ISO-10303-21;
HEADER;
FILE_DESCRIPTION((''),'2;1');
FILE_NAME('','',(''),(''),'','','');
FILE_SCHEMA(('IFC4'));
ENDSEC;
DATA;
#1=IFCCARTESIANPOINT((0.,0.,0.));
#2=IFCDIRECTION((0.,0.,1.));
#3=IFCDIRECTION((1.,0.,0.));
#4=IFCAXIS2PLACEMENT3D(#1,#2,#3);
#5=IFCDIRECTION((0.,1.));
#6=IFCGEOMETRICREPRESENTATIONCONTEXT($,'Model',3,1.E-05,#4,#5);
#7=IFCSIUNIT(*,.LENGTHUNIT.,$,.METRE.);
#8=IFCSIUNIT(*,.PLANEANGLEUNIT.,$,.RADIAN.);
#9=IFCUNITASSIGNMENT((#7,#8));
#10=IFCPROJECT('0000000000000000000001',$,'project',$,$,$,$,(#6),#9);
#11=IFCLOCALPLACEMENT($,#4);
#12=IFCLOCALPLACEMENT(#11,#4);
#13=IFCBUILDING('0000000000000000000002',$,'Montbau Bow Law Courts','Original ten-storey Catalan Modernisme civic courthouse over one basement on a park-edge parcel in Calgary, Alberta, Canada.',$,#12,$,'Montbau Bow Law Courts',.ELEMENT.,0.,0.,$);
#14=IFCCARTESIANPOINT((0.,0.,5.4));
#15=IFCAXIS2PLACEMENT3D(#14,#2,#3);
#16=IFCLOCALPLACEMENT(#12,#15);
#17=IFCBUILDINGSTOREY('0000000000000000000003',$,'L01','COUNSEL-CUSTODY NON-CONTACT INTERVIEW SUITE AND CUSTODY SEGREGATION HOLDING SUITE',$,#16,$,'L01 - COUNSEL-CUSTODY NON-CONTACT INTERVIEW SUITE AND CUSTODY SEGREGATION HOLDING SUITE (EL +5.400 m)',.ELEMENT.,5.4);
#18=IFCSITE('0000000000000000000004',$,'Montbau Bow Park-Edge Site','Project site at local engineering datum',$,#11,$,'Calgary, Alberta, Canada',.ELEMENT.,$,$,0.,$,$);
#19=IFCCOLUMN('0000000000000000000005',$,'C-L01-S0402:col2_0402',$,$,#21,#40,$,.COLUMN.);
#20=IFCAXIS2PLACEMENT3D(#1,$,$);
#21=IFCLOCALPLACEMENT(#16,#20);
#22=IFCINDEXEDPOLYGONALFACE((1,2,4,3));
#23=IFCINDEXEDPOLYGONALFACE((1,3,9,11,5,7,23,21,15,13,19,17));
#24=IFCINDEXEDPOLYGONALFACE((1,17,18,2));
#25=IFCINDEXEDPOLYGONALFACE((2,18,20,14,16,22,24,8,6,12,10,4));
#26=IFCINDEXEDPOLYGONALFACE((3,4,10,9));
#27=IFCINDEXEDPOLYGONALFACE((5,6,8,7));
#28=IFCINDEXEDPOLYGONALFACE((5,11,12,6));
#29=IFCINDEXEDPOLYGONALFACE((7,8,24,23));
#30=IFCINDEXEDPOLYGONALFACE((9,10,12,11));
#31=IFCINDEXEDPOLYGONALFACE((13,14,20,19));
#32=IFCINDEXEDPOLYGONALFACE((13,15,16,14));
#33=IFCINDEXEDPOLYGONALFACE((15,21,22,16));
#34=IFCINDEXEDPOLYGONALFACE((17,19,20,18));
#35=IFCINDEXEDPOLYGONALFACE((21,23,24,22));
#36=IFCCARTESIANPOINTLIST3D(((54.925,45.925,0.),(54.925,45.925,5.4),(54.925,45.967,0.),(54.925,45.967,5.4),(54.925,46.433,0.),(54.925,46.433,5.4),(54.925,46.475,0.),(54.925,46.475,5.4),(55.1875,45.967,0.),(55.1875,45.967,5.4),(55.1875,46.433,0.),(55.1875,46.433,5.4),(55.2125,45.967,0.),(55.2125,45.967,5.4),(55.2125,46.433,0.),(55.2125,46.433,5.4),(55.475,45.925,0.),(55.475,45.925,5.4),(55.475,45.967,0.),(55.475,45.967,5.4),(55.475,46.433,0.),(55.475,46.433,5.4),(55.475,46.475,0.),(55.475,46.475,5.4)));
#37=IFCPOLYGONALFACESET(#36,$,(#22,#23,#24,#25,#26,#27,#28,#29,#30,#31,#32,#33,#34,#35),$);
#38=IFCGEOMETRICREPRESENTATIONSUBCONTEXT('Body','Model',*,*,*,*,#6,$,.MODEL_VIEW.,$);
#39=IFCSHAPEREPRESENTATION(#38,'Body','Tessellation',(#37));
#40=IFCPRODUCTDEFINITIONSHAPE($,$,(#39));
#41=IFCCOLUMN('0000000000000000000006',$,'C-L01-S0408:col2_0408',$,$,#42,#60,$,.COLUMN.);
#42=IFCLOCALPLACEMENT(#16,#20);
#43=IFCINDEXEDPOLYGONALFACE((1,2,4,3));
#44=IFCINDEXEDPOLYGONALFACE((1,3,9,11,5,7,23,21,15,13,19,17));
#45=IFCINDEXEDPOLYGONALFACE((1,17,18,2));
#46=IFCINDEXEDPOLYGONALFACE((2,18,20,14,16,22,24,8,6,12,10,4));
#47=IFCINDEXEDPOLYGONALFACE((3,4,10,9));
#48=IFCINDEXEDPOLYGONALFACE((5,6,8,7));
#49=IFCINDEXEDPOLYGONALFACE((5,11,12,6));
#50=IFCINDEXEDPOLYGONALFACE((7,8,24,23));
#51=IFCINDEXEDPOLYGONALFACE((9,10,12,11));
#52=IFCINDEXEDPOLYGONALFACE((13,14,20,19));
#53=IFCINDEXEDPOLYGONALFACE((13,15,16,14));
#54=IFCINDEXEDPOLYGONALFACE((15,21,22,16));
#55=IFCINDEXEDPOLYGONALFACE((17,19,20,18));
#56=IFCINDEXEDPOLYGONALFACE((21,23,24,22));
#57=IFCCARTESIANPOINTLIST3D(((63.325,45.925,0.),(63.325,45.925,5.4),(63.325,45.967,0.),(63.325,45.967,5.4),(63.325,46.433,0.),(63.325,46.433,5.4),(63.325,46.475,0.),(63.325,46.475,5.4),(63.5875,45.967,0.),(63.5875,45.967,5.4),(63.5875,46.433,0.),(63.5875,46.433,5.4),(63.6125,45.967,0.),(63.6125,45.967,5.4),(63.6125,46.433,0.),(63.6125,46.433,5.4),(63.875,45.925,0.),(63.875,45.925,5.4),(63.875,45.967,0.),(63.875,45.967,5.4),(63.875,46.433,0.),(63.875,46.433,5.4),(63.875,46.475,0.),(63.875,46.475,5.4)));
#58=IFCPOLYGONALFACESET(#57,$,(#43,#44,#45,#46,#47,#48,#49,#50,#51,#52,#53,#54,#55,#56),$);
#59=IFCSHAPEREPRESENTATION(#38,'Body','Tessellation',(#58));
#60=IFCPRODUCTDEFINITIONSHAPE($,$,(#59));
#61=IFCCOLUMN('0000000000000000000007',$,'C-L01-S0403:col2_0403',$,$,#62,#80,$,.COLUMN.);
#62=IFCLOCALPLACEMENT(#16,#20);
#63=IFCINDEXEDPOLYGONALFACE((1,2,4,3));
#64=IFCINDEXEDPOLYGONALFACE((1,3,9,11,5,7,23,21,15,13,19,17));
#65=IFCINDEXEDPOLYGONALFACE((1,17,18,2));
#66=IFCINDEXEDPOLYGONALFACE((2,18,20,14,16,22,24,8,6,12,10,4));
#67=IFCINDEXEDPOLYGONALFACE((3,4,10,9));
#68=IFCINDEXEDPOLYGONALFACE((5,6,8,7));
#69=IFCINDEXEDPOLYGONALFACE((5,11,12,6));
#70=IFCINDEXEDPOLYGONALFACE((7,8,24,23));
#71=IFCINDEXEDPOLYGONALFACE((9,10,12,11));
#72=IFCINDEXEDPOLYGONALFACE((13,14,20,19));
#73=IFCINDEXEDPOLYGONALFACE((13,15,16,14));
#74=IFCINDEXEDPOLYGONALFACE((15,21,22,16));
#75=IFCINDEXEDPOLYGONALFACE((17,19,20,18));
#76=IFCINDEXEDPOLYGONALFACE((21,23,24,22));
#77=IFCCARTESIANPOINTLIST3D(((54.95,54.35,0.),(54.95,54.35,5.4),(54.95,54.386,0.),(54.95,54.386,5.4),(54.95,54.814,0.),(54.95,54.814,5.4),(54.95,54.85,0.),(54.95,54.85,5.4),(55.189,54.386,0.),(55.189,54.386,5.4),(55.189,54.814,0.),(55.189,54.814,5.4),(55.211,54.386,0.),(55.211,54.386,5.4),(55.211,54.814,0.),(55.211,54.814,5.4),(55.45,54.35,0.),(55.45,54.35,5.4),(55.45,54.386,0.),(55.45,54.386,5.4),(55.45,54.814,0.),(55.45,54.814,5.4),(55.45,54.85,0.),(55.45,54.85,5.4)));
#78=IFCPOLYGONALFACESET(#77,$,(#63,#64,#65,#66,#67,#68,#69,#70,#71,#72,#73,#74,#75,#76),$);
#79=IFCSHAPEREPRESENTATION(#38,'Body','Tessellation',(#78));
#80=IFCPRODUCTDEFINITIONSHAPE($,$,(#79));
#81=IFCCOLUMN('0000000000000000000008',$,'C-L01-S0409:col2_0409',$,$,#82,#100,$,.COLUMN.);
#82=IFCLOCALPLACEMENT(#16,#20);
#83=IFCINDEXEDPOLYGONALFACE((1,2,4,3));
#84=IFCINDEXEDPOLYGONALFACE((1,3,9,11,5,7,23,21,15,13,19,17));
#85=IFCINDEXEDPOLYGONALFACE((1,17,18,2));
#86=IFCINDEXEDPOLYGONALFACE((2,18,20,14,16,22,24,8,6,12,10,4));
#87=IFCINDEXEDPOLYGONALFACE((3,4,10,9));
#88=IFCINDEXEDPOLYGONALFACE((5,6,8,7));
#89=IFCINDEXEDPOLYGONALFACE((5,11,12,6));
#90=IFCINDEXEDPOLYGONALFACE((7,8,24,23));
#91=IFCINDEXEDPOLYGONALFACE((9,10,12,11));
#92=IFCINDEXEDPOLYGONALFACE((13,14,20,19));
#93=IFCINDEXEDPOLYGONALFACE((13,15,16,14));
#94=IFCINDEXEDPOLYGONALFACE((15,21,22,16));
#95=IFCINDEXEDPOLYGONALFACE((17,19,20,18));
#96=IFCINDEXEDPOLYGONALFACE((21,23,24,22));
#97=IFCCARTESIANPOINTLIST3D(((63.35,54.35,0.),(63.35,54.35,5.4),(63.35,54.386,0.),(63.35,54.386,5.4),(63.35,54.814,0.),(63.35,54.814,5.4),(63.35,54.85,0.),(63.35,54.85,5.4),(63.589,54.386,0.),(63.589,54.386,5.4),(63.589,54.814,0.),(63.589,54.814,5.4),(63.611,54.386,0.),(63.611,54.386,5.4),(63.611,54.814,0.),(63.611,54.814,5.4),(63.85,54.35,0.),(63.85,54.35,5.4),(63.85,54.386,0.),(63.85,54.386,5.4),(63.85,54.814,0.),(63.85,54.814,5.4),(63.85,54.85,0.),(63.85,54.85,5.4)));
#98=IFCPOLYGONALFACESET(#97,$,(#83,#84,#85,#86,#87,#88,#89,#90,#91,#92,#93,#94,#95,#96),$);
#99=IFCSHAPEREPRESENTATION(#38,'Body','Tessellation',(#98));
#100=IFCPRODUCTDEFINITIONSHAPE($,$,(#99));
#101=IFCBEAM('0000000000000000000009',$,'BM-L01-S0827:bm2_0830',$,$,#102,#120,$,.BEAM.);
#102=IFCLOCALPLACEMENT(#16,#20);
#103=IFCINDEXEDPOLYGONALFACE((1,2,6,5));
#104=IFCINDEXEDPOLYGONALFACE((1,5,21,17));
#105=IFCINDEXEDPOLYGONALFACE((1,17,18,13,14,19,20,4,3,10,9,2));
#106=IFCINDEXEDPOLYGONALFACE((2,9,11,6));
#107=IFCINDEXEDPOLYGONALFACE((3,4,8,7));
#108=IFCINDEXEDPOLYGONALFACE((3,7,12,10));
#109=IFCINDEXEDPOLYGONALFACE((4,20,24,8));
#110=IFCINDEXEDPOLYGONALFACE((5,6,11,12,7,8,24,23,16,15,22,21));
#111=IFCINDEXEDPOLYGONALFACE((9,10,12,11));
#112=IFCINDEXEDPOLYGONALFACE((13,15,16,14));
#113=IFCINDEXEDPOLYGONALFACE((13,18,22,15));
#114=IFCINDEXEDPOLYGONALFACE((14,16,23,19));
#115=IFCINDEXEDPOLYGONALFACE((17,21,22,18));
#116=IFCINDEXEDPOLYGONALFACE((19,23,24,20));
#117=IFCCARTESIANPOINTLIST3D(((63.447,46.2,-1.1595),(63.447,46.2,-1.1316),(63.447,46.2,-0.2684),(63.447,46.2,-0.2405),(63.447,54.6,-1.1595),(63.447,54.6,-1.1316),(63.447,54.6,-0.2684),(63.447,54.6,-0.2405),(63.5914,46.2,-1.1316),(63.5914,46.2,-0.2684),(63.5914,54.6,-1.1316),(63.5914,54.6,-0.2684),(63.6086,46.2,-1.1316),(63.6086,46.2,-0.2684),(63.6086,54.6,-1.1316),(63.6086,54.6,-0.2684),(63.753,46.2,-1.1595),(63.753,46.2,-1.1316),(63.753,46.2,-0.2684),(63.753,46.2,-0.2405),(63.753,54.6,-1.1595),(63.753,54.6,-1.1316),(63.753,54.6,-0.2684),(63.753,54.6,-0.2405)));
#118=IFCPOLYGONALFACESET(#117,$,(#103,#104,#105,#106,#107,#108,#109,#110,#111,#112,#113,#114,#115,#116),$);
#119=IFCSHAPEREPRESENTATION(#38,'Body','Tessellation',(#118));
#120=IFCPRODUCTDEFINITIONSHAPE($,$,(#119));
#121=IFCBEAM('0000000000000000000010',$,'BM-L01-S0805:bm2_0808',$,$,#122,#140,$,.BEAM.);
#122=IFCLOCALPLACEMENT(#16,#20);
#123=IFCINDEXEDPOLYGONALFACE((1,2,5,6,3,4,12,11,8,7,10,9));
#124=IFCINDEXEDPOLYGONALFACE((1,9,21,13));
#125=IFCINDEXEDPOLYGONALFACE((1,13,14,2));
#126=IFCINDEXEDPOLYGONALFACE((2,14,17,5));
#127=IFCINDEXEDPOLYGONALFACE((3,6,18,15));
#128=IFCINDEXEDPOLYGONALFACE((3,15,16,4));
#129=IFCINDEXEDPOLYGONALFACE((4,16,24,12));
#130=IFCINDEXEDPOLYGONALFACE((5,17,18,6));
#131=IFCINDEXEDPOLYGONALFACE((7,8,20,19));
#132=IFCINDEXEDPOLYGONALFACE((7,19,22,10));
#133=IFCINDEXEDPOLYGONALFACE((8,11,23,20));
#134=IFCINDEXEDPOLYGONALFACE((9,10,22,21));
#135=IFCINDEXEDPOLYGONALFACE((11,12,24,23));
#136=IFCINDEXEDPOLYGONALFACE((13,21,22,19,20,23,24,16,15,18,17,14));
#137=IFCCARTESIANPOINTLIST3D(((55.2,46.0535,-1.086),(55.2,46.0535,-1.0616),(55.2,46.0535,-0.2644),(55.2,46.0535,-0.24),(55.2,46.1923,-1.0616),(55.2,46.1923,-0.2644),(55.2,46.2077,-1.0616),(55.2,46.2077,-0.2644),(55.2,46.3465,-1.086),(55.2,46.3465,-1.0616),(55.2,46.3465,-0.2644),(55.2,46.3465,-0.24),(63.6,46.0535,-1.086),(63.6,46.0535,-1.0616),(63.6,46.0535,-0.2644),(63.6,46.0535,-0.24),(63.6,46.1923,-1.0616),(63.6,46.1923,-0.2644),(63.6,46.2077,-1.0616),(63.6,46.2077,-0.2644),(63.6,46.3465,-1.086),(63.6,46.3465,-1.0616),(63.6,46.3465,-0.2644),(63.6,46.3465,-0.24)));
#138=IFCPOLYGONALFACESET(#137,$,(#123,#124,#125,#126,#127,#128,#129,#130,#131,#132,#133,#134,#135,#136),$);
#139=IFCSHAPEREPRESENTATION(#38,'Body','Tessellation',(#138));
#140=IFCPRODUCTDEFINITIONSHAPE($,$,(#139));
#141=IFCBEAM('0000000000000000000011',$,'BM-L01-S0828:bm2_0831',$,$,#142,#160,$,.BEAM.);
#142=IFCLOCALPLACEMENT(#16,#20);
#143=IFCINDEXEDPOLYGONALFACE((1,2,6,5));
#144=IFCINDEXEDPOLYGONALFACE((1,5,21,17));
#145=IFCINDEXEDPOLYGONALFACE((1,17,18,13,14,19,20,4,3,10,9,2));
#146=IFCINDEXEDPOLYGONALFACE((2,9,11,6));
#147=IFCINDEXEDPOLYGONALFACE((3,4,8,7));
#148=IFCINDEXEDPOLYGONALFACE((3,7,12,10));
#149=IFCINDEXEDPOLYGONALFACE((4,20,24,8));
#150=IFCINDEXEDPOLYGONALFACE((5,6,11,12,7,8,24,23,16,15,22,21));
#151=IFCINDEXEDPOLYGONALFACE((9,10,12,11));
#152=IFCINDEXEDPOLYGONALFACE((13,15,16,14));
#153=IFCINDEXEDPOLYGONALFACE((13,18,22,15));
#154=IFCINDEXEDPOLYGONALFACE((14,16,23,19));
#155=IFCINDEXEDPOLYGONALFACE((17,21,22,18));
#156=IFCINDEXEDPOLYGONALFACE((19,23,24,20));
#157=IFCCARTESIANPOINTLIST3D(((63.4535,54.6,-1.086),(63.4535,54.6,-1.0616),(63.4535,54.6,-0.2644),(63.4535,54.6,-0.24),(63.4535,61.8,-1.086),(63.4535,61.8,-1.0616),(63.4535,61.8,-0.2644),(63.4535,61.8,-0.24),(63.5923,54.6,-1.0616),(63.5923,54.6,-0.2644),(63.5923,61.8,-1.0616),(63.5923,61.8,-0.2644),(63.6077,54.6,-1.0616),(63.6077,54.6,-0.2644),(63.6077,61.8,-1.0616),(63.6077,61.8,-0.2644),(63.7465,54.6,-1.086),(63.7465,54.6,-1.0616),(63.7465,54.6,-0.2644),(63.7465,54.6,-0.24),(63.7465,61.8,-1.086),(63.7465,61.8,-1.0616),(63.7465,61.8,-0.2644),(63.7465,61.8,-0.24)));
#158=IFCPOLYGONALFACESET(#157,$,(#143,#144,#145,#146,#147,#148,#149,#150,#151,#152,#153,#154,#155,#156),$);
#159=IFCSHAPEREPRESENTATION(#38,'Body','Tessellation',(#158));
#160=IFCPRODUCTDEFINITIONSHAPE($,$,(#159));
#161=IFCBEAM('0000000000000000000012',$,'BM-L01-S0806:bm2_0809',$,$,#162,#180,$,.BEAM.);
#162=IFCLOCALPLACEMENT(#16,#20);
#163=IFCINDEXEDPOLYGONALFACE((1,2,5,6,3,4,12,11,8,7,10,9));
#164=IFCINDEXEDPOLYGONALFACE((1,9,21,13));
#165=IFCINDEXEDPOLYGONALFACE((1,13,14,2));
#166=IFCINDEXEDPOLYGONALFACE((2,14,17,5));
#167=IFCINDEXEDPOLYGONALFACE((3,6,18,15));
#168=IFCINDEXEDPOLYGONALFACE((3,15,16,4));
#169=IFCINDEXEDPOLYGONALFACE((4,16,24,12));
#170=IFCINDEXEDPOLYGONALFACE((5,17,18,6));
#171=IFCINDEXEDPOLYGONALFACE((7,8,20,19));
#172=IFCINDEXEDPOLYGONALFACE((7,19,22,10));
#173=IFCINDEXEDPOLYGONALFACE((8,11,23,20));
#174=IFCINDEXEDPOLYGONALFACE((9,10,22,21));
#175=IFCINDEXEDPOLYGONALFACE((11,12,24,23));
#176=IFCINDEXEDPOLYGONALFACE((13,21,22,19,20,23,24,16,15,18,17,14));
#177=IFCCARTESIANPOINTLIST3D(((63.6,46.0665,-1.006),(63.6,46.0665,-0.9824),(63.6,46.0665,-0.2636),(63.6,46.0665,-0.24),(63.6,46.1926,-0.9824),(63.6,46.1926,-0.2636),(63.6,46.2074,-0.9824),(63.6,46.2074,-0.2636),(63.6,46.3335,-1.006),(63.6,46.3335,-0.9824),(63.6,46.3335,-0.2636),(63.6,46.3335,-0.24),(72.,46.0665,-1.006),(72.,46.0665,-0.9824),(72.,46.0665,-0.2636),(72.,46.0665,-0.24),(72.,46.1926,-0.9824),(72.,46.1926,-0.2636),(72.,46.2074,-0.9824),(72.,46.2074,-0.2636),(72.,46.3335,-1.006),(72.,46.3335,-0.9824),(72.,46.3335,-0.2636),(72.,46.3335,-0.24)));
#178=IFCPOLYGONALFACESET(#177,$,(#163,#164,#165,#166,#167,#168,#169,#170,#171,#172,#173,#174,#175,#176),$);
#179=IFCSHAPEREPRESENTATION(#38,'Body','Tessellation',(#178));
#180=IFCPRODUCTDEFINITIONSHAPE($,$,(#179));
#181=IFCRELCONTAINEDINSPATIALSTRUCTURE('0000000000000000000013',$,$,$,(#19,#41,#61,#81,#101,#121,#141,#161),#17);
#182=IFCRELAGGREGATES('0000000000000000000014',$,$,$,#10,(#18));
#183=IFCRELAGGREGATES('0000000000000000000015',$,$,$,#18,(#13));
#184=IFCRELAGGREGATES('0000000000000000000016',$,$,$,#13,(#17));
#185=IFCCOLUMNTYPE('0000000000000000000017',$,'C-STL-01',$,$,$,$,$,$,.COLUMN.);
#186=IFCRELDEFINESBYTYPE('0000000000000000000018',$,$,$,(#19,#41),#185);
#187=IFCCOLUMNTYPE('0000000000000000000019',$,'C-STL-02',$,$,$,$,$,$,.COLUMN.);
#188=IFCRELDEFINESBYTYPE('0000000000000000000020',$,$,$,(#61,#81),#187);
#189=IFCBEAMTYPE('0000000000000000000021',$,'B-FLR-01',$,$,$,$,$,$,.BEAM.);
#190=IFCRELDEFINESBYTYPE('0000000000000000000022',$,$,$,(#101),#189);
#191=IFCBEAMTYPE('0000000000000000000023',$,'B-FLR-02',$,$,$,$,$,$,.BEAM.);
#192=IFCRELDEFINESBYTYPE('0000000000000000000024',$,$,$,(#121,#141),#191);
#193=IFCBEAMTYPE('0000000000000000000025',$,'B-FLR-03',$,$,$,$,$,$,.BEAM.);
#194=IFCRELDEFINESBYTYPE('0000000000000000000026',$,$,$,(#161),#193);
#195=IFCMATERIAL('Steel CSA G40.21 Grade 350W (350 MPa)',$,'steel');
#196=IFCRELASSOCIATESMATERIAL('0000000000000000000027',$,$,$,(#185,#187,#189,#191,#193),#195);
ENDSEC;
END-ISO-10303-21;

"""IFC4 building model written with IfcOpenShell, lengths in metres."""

from ifc_helpers import new_model, si_unit, direction, frame, origin_with_axes, origin_2d_with_axis, place, context, subcontext, project, spatial, i_section, extrude, material, material_profile, profile_set, type_object, element, save


model = new_model("IFC4")

# Units and contexts
model_context = context("Model", 3, precision=1e-05, world=origin_with_axes(), true_north=direction((0.0, 1.0)))
body_context = subcontext(model_context, "Body", "Model", "MODEL_VIEW")
ifc_project = project(units=[si_unit("LENGTHUNIT", "METRE"), si_unit("PLANEANGLEUNIT", "RADIAN")], contexts=[model_context])

# Site, building, storey
site_placement = place(None, origin_with_axes())
site = spatial("IfcSite", under=ifc_project, at=site_placement, Name="Montbau Bow Park-Edge Site", Description="Project site at local engineering datum", LongName="Calgary, Alberta, Canada", CompositionType="ELEMENT", RefElevation=0.0)
building_placement = place(site_placement, origin_with_axes())
building = spatial("IfcBuilding", under=site, at=building_placement, Name="Montbau Bow Law Courts", Description="Original ten-storey Catalan Modernisme civic courthouse over one basement on a park-edge parcel in Calgary, Alberta, Canada.", LongName="Montbau Bow Law Courts", CompositionType="ELEMENT", ElevationOfRefHeight=0.0, ElevationOfTerrain=0.0)
storey_placement = place(building_placement, frame((0.0, 0.0, 5.4), z_axis=(0.0, 0.0, 1.0), x_axis=(1.0, 0.0, 0.0)))
storey = spatial("IfcBuildingStorey", under=building, at=storey_placement, Name="L01", Description="COUNSEL-CUSTODY NON-CONTACT INTERVIEW SUITE AND CUSTODY SEGREGATION HOLDING SUITE", LongName="L01 - COUNSEL-CUSTODY NON-CONTACT INTERVIEW SUITE AND CUSTODY SEGREGATION HOLDING SUITE (EL +5.400 m)", CompositionType="ELEMENT", Elevation=5.4)

# Columns
ifc_material_1 = material(Name="Steel CSA G40.21 Grade 350W (350 MPa)", Category="steel")
ifc_material_profile_1 = material_profile(ifc_material_1, i_section(OverallWidth=0.55, OverallDepth=0.55, WebThickness=0.025, FlangeThickness=0.042, at=origin_2d_with_axis()), Name="WWF550X420", Category="Main", Priority=0)
ifc_profile_set_1 = profile_set([ifc_material_profile_1], Name="Steel CSA G40.21 Grade 350W (350 MPa)")
column_type_1 = type_object("IfcColumnType", Name="C-STL-01", PredefinedType="COLUMN", material=ifc_profile_set_1)
for number, where, z_axis, x_axis, name in (
    (1, (55.2, 46.2, 5.4), (0.0, 0.0, 1.0), (1.0, 0.0, 0.0), "C-L01-S0402:col2_0402"),
    (2, (63.6, 46.2, 5.4), (0.0, 0.0, 1.0), (1.0, 0.0, 0.0), "C-L01-S0408:col2_0408"),
):
    element("IfcColumn", number, at=place(None, frame(where, z_axis=z_axis, x_axis=x_axis)), inside=storey, type_object=column_type_1, Name=name, PredefinedType="COLUMN", context=body_context, shape_type="SweptSolid", body=[
        extrude(i_section(OverallWidth=0.55, OverallDepth=0.55, WebThickness=0.025, FlangeThickness=0.042, at=origin_2d_with_axis()), origin_with_axes(), (0.0, 0.0, 1.0), 5.4),
    ])
ifc_material_profile_2 = material_profile(ifc_material_1, i_section(OverallWidth=0.5, OverallDepth=0.5, WebThickness=0.022, FlangeThickness=0.036, at=origin_2d_with_axis()), Name="WWF500X343", Category="Main", Priority=0)
ifc_profile_set_2 = profile_set([ifc_material_profile_2], Name="Steel CSA G40.21 Grade 350W (350 MPa)")
column_type_2 = type_object("IfcColumnType", Name="C-STL-02", PredefinedType="COLUMN", material=ifc_profile_set_2)
for number, where, z_axis, x_axis, name in (
    (3, (55.2, 54.6, 5.4), (0.0, 0.0, 1.0), (1.0, 0.0, 0.0), "C-L01-S0403:col2_0403"),
    (4, (63.6, 54.6, 5.4), (0.0, 0.0, 1.0), (1.0, 0.0, 0.0), "C-L01-S0409:col2_0409"),
):
    element("IfcColumn", number, at=place(None, frame(where, z_axis=z_axis, x_axis=x_axis)), inside=storey, type_object=column_type_2, Name=name, PredefinedType="COLUMN", context=body_context, shape_type="SweptSolid", body=[
        extrude(i_section(OverallWidth=0.5, OverallDepth=0.5, WebThickness=0.022, FlangeThickness=0.036, at=origin_2d_with_axis()), origin_with_axes(), (0.0, 0.0, 1.0), 5.4),
    ])

# Beams
ifc_material_profile_3 = material_profile(ifc_material_1, i_section(OverallWidth=0.306, OverallDepth=0.919, WebThickness=0.0173, FlangeThickness=0.0279, at=origin_2d_with_axis()), Name="W920X253", Category="Main", Priority=0)
ifc_profile_set_3 = profile_set([ifc_material_profile_3], Name="Steel CSA G40.21 Grade 350W (350 MPa)")
beam_type_1 = type_object("IfcBeamType", Name="B-FLR-01", PredefinedType="BEAM", material=ifc_profile_set_3)
beam_1_placement = place(None, frame((63.6, 46.2, 4.7), z_axis=(0.0, 1.0, 0.0), x_axis=(-1.0, 0.0, 0.0)))
element("IfcBeam", 5, at=beam_1_placement, inside=storey, type_object=beam_type_1, Name="BM-L01-S0827:bm2_0830", PredefinedType="BEAM", context=body_context, shape_type="SweptSolid", body=[
    extrude(i_section(OverallWidth=0.306, OverallDepth=0.919, WebThickness=0.0173, FlangeThickness=0.0279, at=origin_2d_with_axis()), origin_with_axes(), (0.0, 0.0, 1.0), 8.4),
])
ifc_material_profile_4 = material_profile(ifc_material_1, i_section(OverallWidth=0.293, OverallDepth=0.846, WebThickness=0.0154, FlangeThickness=0.0244, at=origin_2d_with_axis()), Name="W840X210", Category="Main", Priority=0)
ifc_profile_set_4 = profile_set([ifc_material_profile_4], Name="Steel CSA G40.21 Grade 350W (350 MPa)")
beam_type_2 = type_object("IfcBeamType", Name="B-FLR-02", PredefinedType="BEAM", material=ifc_profile_set_4)
beam_2_placement = place(None, frame((55.2, 46.2, 4.737), z_axis=(1.0, 0.0, 0.0), x_axis=(0.0, 1.0, 0.0)))
element("IfcBeam", 6, at=beam_2_placement, inside=storey, type_object=beam_type_2, Name="BM-L01-S0805:bm2_0808", PredefinedType="BEAM", context=body_context, shape_type="SweptSolid", body=[
    extrude(i_section(OverallWidth=0.293, OverallDepth=0.846, WebThickness=0.0154, FlangeThickness=0.0244, at=origin_2d_with_axis()), origin_with_axes(), (0.0, 0.0, 1.0), 8.4),
])
beam_3_placement = place(None, frame((63.6, 54.6, 4.737), z_axis=(0.0, 1.0, 0.0), x_axis=(-1.0, 0.0, 0.0)))
element("IfcBeam", 7, at=beam_3_placement, inside=storey, type_object=beam_type_2, Name="BM-L01-S0828:bm2_0831", PredefinedType="BEAM", context=body_context, shape_type="SweptSolid", body=[
    extrude(i_section(OverallWidth=0.293, OverallDepth=0.846, WebThickness=0.0154, FlangeThickness=0.0244, at=origin_2d_with_axis()), origin_with_axes(), (0.0, 0.0, 1.0), 7.2),
])
ifc_material_profile_5 = material_profile(ifc_material_1, i_section(OverallWidth=0.267, OverallDepth=0.766, WebThickness=0.0149, FlangeThickness=0.0236, at=origin_2d_with_axis()), Name="W760X185", Category="Main", Priority=0)
ifc_profile_set_5 = profile_set([ifc_material_profile_5], Name="Steel CSA G40.21 Grade 350W (350 MPa)")
beam_type_3 = type_object("IfcBeamType", Name="B-FLR-03", PredefinedType="BEAM", material=ifc_profile_set_5)
for number, where, z_axis, x_axis, name in (
    (8, (63.6, 46.2, 4.777), (1.0, 0.0, 0.0), (0.0, 1.0, 0.0), "BM-L01-S0806:bm2_0809"),
):
    element("IfcBeam", number, at=place(None, frame(where, z_axis=z_axis, x_axis=x_axis)), inside=storey, type_object=beam_type_3, Name=name, PredefinedType="BEAM", context=body_context, shape_type="SweptSolid", body=[
        extrude(i_section(OverallWidth=0.267, OverallDepth=0.766, WebThickness=0.0149, FlangeThickness=0.0236, at=origin_2d_with_axis()), origin_with_axes(), (0.0, 0.0, 1.0), 8.4),
    ])

save(model, "model.ifc")
